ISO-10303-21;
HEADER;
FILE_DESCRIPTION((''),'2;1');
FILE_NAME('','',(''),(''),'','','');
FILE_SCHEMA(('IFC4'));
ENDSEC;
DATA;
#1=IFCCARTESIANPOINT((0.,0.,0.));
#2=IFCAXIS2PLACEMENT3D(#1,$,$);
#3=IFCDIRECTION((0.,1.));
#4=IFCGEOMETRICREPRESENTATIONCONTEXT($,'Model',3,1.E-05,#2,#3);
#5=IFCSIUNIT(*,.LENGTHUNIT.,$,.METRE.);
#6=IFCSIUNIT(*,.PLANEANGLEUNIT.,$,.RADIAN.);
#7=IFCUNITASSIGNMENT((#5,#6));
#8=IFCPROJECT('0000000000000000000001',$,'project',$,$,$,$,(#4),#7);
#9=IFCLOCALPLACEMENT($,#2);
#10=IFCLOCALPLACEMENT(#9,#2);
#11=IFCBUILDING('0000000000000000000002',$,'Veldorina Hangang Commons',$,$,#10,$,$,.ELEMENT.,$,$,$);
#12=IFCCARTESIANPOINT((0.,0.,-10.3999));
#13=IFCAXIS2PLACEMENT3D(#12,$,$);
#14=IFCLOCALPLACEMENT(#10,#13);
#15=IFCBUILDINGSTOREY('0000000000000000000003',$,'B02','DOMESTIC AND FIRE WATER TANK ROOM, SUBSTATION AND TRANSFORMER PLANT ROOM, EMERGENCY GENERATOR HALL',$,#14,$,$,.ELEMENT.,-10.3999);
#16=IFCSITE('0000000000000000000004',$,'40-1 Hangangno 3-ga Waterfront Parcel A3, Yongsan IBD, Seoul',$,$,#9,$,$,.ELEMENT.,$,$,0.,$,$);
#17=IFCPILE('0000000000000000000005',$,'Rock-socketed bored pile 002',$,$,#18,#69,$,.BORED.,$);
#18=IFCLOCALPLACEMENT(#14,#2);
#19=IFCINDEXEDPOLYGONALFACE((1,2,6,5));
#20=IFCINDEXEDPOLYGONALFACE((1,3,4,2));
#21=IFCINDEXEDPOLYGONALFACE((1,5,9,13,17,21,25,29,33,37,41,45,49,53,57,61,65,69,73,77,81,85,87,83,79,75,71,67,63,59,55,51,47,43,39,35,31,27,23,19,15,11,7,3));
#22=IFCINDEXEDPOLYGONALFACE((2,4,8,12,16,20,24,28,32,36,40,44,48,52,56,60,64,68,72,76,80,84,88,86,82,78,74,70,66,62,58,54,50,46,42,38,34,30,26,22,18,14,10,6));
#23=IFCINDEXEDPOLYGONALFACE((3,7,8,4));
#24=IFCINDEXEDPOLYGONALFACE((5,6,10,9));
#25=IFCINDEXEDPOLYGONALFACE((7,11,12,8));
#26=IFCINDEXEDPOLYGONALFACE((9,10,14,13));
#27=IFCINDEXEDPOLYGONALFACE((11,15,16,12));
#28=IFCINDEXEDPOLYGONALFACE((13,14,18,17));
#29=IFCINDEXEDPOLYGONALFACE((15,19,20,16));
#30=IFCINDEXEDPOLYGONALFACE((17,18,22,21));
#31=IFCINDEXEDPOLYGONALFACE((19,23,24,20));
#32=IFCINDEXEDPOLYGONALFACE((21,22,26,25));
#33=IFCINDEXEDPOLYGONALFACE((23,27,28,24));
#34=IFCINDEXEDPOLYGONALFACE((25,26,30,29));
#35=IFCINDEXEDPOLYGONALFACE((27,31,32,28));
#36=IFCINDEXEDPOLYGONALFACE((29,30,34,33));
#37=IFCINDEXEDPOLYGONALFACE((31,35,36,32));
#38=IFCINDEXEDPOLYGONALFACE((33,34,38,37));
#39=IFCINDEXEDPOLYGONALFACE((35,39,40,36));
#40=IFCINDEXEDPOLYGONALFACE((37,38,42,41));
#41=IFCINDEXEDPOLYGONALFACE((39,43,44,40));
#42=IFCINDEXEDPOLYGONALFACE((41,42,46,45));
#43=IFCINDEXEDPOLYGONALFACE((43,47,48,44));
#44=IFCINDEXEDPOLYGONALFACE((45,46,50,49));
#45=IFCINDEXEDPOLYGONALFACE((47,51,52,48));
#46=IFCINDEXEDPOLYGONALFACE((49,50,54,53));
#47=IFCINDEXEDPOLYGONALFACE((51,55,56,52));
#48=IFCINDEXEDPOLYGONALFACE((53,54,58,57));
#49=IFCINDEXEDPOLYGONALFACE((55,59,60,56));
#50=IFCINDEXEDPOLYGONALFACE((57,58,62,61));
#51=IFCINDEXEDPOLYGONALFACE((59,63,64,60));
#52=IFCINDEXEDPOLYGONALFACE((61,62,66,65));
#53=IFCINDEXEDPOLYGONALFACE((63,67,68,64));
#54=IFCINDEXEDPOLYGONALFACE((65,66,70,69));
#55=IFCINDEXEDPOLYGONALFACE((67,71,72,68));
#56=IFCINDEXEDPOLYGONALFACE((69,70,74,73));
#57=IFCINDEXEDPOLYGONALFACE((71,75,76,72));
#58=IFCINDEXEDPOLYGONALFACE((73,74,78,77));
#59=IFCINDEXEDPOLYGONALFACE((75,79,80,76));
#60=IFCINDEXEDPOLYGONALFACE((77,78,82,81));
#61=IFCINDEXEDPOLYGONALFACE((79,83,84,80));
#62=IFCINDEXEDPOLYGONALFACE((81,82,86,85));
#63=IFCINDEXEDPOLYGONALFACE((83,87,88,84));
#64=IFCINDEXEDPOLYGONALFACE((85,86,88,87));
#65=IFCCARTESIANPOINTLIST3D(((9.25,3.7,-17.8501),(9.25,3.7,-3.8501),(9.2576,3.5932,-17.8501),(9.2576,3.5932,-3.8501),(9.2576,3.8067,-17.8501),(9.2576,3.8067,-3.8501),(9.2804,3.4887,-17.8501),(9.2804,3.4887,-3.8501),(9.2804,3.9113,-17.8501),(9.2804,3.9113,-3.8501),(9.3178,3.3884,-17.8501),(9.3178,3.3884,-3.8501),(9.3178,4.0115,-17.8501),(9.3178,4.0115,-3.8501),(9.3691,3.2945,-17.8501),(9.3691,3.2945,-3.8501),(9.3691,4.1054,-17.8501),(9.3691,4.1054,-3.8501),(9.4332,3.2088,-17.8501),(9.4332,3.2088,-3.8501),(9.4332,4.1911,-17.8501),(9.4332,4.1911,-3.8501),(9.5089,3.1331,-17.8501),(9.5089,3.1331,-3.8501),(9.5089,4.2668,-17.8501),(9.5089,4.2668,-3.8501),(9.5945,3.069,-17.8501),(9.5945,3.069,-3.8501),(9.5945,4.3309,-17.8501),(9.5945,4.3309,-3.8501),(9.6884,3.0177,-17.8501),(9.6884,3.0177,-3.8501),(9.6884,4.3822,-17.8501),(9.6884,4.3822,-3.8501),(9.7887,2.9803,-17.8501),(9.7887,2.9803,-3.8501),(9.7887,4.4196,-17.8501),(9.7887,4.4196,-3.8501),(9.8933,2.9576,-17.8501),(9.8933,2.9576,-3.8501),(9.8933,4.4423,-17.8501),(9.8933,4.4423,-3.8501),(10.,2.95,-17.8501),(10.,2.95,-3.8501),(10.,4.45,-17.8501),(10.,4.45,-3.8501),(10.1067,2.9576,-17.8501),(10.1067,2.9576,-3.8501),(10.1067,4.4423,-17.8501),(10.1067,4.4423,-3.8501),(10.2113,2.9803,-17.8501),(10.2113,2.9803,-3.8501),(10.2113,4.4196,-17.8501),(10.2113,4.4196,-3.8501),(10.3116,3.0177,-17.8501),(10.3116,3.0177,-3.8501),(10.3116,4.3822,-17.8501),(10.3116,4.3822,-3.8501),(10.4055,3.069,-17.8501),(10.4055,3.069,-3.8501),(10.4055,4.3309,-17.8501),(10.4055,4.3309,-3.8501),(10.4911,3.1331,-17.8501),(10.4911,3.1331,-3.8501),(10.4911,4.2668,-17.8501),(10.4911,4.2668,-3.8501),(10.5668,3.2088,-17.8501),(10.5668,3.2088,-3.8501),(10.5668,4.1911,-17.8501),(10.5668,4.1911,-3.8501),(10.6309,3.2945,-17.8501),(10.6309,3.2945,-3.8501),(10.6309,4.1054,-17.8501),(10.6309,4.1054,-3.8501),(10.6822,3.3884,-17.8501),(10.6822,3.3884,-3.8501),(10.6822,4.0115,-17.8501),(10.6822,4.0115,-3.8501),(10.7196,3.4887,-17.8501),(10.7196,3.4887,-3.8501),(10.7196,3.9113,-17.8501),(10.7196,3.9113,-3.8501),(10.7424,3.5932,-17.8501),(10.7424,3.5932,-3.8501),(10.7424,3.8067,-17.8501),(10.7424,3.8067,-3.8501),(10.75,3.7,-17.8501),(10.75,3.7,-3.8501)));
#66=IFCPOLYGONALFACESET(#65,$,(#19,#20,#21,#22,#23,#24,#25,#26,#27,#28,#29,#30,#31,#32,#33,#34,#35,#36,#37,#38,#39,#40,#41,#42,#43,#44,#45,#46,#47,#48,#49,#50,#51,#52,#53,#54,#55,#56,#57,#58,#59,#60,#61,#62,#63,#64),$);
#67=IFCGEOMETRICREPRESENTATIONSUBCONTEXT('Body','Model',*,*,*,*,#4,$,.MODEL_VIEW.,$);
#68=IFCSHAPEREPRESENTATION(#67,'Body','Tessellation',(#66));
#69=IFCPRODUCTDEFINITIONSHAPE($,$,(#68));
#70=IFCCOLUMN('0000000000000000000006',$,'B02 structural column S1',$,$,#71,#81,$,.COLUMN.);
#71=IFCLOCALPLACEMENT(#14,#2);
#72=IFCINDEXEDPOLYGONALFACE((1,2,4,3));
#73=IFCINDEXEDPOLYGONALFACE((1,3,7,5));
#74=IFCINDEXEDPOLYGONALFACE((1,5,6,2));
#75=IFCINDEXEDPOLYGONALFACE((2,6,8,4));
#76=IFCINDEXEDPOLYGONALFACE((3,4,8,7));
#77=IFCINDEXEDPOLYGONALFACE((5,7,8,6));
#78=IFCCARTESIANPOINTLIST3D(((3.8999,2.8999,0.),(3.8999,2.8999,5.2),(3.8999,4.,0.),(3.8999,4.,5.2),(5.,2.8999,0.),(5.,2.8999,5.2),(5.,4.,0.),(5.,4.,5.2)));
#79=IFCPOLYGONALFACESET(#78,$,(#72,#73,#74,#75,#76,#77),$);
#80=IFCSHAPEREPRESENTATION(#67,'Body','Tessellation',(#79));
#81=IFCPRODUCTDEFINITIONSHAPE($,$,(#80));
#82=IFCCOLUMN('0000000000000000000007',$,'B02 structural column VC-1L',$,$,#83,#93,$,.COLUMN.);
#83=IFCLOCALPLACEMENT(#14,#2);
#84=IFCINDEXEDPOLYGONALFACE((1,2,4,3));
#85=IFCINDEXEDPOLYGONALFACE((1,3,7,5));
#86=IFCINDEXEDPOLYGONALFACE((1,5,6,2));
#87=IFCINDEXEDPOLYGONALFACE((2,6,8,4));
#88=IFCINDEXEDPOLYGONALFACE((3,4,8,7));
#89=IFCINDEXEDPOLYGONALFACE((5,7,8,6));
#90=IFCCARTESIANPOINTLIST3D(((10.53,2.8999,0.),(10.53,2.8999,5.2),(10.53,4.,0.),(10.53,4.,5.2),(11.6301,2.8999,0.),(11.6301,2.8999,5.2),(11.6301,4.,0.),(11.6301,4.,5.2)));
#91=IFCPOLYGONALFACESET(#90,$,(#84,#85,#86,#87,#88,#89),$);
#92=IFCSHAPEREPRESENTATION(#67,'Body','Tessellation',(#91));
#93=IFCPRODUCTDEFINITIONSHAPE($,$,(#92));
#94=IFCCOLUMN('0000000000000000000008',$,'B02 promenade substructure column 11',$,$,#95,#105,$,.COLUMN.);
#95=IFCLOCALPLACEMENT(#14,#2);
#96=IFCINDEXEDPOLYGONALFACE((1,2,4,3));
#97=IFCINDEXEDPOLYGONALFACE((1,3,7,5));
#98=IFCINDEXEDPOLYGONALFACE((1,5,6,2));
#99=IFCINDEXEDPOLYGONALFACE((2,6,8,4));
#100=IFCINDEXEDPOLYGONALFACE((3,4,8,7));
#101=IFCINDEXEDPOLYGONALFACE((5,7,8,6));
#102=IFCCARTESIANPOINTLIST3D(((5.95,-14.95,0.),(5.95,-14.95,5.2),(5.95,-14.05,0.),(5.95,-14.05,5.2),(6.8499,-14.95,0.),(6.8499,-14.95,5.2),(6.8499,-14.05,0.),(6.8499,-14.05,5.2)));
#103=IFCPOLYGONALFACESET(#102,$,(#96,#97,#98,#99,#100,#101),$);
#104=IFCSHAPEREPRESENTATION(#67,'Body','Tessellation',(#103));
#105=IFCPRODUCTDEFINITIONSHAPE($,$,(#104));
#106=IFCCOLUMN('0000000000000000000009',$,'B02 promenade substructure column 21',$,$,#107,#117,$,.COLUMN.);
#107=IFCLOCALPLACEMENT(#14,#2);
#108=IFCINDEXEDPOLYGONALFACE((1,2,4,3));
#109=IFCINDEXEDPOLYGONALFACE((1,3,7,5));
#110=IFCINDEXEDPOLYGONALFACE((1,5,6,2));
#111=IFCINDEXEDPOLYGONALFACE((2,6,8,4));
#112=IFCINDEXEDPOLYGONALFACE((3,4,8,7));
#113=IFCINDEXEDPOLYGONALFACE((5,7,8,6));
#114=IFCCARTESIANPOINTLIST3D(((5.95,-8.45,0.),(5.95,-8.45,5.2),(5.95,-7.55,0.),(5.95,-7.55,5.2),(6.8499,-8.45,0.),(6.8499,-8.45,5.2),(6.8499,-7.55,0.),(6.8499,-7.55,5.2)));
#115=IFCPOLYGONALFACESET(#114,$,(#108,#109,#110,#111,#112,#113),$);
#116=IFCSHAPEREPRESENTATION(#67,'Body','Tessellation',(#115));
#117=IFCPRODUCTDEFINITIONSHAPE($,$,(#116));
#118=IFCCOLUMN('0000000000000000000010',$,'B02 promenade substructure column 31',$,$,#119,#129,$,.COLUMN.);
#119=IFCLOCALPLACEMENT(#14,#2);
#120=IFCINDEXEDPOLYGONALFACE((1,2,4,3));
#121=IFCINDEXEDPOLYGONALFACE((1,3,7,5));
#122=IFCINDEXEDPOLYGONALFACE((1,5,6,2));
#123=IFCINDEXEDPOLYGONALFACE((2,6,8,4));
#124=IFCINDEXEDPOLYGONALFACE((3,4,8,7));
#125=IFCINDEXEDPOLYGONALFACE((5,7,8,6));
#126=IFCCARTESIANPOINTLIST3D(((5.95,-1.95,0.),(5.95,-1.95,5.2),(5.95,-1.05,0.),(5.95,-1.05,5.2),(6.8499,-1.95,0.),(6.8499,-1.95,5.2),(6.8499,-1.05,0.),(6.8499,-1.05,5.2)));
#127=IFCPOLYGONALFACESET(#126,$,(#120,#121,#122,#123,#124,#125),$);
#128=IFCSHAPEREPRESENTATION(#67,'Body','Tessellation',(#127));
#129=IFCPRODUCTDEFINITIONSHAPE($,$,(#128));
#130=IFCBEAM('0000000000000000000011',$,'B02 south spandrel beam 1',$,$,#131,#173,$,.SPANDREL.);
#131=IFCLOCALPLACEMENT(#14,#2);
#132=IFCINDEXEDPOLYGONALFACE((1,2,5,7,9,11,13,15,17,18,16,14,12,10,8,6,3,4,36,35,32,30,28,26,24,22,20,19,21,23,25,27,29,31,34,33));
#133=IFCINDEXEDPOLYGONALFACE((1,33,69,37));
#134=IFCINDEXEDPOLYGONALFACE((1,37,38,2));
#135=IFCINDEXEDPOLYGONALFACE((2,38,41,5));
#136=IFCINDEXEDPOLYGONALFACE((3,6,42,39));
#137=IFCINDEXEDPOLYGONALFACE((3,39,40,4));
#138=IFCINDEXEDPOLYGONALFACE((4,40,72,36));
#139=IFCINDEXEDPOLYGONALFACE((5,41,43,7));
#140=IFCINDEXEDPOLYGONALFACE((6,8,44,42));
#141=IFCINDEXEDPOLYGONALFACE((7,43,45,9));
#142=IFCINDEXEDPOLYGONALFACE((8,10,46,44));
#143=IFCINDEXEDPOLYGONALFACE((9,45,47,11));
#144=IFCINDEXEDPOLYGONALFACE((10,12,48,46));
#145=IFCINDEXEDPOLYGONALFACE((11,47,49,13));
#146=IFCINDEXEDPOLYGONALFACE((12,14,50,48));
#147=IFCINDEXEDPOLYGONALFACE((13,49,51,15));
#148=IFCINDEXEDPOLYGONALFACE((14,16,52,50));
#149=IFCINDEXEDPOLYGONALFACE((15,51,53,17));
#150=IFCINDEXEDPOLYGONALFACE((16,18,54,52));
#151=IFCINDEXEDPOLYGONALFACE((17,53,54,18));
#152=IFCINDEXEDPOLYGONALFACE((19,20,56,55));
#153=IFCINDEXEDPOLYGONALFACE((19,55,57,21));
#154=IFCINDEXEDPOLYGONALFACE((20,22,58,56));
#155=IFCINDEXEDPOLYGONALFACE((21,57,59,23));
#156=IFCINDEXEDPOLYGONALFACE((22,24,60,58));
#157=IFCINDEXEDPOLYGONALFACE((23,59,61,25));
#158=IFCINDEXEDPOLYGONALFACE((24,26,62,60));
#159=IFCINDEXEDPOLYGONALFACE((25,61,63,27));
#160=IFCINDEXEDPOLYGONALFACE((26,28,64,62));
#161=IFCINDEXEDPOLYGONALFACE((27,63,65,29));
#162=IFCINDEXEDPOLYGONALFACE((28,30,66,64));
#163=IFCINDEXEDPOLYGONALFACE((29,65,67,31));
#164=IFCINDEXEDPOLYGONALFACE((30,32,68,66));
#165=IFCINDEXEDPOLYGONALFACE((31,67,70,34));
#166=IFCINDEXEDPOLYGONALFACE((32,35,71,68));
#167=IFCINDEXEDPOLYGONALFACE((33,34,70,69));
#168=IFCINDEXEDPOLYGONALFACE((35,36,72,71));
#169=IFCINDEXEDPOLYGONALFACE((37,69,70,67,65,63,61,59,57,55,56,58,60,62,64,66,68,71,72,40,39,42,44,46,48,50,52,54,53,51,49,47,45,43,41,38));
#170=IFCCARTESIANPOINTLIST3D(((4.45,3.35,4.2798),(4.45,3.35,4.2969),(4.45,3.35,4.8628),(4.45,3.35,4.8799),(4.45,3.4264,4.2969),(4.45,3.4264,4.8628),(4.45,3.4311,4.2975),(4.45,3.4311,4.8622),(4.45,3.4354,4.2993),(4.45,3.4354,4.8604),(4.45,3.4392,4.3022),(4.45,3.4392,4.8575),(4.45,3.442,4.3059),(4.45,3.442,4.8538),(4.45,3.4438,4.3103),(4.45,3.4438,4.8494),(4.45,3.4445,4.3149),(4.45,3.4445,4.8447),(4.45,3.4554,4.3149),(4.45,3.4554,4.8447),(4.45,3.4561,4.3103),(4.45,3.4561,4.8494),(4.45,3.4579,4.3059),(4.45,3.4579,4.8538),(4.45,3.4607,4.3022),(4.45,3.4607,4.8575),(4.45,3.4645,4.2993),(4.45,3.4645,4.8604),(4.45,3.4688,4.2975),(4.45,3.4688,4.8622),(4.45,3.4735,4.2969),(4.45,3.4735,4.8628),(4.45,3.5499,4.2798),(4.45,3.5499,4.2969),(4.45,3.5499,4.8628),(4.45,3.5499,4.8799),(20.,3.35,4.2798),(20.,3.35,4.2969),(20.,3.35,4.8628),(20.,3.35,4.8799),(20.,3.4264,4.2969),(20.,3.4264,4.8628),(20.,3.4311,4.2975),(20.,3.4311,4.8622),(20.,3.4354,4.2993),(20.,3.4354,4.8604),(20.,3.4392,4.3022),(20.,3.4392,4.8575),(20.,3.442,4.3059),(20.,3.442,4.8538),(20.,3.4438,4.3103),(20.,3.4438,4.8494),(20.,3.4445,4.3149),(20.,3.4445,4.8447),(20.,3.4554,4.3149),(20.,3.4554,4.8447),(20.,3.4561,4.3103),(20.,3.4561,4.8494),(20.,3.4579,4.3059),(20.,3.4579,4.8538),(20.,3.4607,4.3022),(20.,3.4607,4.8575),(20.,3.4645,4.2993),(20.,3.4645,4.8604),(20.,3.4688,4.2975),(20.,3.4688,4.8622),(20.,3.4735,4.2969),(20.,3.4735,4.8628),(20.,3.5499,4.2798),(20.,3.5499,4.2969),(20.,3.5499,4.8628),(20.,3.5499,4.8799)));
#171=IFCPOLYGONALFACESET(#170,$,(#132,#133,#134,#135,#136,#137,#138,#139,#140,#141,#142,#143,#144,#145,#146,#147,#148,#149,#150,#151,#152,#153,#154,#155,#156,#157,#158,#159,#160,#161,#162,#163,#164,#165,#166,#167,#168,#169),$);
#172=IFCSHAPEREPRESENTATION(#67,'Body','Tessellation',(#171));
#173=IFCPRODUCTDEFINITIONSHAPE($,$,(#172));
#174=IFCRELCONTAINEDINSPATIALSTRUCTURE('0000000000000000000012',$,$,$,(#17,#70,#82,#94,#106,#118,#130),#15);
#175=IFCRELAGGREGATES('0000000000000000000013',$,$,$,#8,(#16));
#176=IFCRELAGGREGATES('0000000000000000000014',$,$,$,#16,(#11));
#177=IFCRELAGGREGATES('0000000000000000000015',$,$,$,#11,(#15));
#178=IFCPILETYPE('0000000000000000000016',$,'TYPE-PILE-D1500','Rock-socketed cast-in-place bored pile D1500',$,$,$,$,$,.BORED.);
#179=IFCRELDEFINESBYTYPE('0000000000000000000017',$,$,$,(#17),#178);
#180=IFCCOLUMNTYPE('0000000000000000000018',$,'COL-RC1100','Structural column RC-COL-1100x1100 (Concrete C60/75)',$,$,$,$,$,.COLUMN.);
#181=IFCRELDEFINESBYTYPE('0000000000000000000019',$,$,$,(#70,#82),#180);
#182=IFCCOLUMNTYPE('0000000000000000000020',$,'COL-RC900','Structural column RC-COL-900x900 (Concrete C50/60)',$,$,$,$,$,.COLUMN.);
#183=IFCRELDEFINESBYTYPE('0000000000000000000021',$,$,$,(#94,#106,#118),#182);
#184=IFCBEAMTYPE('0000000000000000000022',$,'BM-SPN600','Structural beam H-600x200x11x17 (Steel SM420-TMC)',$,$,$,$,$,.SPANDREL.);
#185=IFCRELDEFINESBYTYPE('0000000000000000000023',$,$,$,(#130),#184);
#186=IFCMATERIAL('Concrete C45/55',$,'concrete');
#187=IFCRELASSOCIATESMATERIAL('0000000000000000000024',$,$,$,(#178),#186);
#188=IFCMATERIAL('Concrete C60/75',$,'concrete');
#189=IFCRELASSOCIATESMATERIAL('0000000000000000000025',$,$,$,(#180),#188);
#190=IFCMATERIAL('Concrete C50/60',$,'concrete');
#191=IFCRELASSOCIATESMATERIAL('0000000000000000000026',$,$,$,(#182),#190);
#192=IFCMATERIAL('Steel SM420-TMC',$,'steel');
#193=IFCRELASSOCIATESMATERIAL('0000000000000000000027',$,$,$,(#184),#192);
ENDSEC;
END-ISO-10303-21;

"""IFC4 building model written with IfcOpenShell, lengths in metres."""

from ifc_helpers import new_model, si_unit, direction, frame, origin, origin_2d, place, context, subcontext, project, spatial, rectangle, circle, i_section, extrude, material, material_profile, profile_set, type_object, element, save


model = new_model("IFC4")

# Units and contexts
model_context = context("Model", 3, precision=1e-05, world=origin(), true_north=direction((0.0, 1.0)))
body_context = subcontext(model_context, "Body", "Model", "MODEL_VIEW")
ifc_project = project(units=[si_unit("LENGTHUNIT", "METRE"), si_unit("PLANEANGLEUNIT", "RADIAN")], contexts=[model_context])

# Site, building, storey
site_placement = place(None, origin())
site = spatial("IfcSite", under=ifc_project, at=site_placement, Name="40-1 Hangangno 3-ga Waterfront Parcel A3, Yongsan IBD, Seoul", CompositionType="ELEMENT", RefElevation=0.0)
building_placement = place(site_placement, origin())
building = spatial("IfcBuilding", under=site, at=building_placement, Name="Veldorina Hangang Commons", CompositionType="ELEMENT")
storey_placement = place(building_placement, frame((0.0, 0.0, -10.3999)))
storey = spatial("IfcBuildingStorey", under=building, at=storey_placement, Name="B02", Description="DOMESTIC AND FIRE WATER TANK ROOM, SUBSTATION AND TRANSFORMER PLANT ROOM, EMERGENCY GENERATOR HALL", CompositionType="ELEMENT", Elevation=-10.3999)

# Shared definitions
ifc_material_1 = material(Name="Concrete C50/60", Category="concrete")

# Pile
ifc_material_2 = material(Name="Concrete C45/55", Category="concrete")
ifc_material_profile_1 = material_profile(ifc_material_2, circle(Radius=0.75, at=origin_2d()), Name="PILE-D1500")
ifc_profile_set_1 = profile_set([ifc_material_profile_1], Name="Concrete C45/55")
pile_type_1 = type_object("IfcPileType", Name="TYPE-PILE-D1500", Description="Rock-socketed cast-in-place bored pile D1500", PredefinedType="BORED", material=ifc_profile_set_1)
for number, where, z_axis, x_axis, name in (
    (1, (10.0, 3.7, -3.8501), (0.0, 0.0, -1.0), (1.0, 0.0, 0.0), "Rock-socketed bored pile 002"),
):
    element("IfcPile", number, at=place(storey_placement, frame(where, z_axis=z_axis, x_axis=x_axis)), inside=storey, type_object=pile_type_1, Name=name, PredefinedType="BORED", context=body_context, shape_type="SweptSolid", body=[
        extrude(circle(Radius=0.75, at=origin_2d()), origin(), (0.0, 0.0, 1.0), 14.0),
    ])

# Columns
ifc_material_3 = material(Name="Concrete C60/75", Category="concrete")
ifc_material_profile_2 = material_profile(ifc_material_3, rectangle(XDim=1.1001, YDim=1.1001, at=origin_2d()), Name="RC-COL-1100x1100")
ifc_profile_set_2 = profile_set([ifc_material_profile_2], Name="Concrete C60/75")
column_type_1 = type_object("IfcColumnType", Name="COL-RC1100", Description="Structural column RC-COL-1100x1100 (Concrete C60/75)", PredefinedType="COLUMN", material=ifc_profile_set_2)
for number, where, z_axis, x_axis, name in (
    (2, (4.45, 3.45, 0.0), (0.0, 0.0, 1.0), (1.0, 0.0, 0.0), "B02 structural column S1"),
    (3, (11.0801, 3.45, 0.0), (0.0, 0.0, 1.0), (1.0, 0.0, 0.0), "B02 structural column VC-1L"),
):
    element("IfcColumn", number, at=place(storey_placement, frame(where, z_axis=z_axis, x_axis=x_axis)), inside=storey, type_object=column_type_1, Name=name, PredefinedType="COLUMN", context=body_context, shape_type="SweptSolid", body=[
        extrude(rectangle(XDim=1.1001, YDim=1.1001, at=origin_2d()), origin(), (0.0, 0.0, 1.0), 5.2),
    ])
ifc_material_profile_3 = material_profile(ifc_material_1, rectangle(XDim=0.8999, YDim=0.8999, at=origin_2d()), Name="RC-COL-900x900")
ifc_profile_set_3 = profile_set([ifc_material_profile_3], Name="Concrete C50/60")
column_type_2 = type_object("IfcColumnType", Name="COL-RC900", Description="Structural column RC-COL-900x900 (Concrete C50/60)", PredefinedType="COLUMN", material=ifc_profile_set_3)
for number, where, z_axis, x_axis, name in (
    (4, (6.3999, -14.5, 0.0), (0.0, 0.0, 1.0), (1.0, 0.0, 0.0), "B02 promenade substructure column 11"),
    (5, (6.3999, -8.0, 0.0), (0.0, 0.0, 1.0), (1.0, 0.0, 0.0), "B02 promenade substructure column 21"),
    (6, (6.3999, -1.5, 0.0), (0.0, 0.0, 1.0), (1.0, 0.0, 0.0), "B02 promenade substructure column 31"),
):
    element("IfcColumn", number, at=place(storey_placement, frame(where, z_axis=z_axis, x_axis=x_axis)), inside=storey, type_object=column_type_2, Name=name, PredefinedType="COLUMN", context=body_context, shape_type="SweptSolid", body=[
        extrude(rectangle(XDim=0.8999, YDim=0.8999, at=origin_2d()), origin(), (0.0, 0.0, 1.0), 5.2),
    ])

# Beam
ifc_material_4 = material(Name="Steel SM420-TMC", Category="steel")
ifc_material_profile_4 = material_profile(ifc_material_4, i_section(OverallWidth=0.2, OverallDepth=0.6001, WebThickness=0.011, FlangeThickness=0.0171, FilletRadius=0.0181, at=origin_2d()), Name="H-600x200x11x17")
ifc_profile_set_4 = profile_set([ifc_material_profile_4], Name="Steel SM420-TMC")
beam_type = type_object("IfcBeamType", Name="BM-SPN600", Description="Structural beam H-600x200x11x17 (Steel SM420-TMC)", PredefinedType="SPANDREL", material=ifc_profile_set_4)
beam_1_placement = place(storey_placement, frame((4.45, 3.45, 4.5798), z_axis=(1.0, 0.0, 0.0), x_axis=(0.0, 1.0, 0.0)))
element("IfcBeam", 7, at=beam_1_placement, inside=storey, type_object=beam_type, Name="B02 south spandrel beam 1", PredefinedType="SPANDREL", context=body_context, shape_type="SweptSolid", body=[
    extrude(i_section(OverallWidth=0.2, OverallDepth=0.6001, WebThickness=0.011, FlangeThickness=0.0171, FilletRadius=0.0181, at=origin_2d()), origin(), (0.0, 0.0, 1.0), 15.55),
])

save(model, "model.ifc")
